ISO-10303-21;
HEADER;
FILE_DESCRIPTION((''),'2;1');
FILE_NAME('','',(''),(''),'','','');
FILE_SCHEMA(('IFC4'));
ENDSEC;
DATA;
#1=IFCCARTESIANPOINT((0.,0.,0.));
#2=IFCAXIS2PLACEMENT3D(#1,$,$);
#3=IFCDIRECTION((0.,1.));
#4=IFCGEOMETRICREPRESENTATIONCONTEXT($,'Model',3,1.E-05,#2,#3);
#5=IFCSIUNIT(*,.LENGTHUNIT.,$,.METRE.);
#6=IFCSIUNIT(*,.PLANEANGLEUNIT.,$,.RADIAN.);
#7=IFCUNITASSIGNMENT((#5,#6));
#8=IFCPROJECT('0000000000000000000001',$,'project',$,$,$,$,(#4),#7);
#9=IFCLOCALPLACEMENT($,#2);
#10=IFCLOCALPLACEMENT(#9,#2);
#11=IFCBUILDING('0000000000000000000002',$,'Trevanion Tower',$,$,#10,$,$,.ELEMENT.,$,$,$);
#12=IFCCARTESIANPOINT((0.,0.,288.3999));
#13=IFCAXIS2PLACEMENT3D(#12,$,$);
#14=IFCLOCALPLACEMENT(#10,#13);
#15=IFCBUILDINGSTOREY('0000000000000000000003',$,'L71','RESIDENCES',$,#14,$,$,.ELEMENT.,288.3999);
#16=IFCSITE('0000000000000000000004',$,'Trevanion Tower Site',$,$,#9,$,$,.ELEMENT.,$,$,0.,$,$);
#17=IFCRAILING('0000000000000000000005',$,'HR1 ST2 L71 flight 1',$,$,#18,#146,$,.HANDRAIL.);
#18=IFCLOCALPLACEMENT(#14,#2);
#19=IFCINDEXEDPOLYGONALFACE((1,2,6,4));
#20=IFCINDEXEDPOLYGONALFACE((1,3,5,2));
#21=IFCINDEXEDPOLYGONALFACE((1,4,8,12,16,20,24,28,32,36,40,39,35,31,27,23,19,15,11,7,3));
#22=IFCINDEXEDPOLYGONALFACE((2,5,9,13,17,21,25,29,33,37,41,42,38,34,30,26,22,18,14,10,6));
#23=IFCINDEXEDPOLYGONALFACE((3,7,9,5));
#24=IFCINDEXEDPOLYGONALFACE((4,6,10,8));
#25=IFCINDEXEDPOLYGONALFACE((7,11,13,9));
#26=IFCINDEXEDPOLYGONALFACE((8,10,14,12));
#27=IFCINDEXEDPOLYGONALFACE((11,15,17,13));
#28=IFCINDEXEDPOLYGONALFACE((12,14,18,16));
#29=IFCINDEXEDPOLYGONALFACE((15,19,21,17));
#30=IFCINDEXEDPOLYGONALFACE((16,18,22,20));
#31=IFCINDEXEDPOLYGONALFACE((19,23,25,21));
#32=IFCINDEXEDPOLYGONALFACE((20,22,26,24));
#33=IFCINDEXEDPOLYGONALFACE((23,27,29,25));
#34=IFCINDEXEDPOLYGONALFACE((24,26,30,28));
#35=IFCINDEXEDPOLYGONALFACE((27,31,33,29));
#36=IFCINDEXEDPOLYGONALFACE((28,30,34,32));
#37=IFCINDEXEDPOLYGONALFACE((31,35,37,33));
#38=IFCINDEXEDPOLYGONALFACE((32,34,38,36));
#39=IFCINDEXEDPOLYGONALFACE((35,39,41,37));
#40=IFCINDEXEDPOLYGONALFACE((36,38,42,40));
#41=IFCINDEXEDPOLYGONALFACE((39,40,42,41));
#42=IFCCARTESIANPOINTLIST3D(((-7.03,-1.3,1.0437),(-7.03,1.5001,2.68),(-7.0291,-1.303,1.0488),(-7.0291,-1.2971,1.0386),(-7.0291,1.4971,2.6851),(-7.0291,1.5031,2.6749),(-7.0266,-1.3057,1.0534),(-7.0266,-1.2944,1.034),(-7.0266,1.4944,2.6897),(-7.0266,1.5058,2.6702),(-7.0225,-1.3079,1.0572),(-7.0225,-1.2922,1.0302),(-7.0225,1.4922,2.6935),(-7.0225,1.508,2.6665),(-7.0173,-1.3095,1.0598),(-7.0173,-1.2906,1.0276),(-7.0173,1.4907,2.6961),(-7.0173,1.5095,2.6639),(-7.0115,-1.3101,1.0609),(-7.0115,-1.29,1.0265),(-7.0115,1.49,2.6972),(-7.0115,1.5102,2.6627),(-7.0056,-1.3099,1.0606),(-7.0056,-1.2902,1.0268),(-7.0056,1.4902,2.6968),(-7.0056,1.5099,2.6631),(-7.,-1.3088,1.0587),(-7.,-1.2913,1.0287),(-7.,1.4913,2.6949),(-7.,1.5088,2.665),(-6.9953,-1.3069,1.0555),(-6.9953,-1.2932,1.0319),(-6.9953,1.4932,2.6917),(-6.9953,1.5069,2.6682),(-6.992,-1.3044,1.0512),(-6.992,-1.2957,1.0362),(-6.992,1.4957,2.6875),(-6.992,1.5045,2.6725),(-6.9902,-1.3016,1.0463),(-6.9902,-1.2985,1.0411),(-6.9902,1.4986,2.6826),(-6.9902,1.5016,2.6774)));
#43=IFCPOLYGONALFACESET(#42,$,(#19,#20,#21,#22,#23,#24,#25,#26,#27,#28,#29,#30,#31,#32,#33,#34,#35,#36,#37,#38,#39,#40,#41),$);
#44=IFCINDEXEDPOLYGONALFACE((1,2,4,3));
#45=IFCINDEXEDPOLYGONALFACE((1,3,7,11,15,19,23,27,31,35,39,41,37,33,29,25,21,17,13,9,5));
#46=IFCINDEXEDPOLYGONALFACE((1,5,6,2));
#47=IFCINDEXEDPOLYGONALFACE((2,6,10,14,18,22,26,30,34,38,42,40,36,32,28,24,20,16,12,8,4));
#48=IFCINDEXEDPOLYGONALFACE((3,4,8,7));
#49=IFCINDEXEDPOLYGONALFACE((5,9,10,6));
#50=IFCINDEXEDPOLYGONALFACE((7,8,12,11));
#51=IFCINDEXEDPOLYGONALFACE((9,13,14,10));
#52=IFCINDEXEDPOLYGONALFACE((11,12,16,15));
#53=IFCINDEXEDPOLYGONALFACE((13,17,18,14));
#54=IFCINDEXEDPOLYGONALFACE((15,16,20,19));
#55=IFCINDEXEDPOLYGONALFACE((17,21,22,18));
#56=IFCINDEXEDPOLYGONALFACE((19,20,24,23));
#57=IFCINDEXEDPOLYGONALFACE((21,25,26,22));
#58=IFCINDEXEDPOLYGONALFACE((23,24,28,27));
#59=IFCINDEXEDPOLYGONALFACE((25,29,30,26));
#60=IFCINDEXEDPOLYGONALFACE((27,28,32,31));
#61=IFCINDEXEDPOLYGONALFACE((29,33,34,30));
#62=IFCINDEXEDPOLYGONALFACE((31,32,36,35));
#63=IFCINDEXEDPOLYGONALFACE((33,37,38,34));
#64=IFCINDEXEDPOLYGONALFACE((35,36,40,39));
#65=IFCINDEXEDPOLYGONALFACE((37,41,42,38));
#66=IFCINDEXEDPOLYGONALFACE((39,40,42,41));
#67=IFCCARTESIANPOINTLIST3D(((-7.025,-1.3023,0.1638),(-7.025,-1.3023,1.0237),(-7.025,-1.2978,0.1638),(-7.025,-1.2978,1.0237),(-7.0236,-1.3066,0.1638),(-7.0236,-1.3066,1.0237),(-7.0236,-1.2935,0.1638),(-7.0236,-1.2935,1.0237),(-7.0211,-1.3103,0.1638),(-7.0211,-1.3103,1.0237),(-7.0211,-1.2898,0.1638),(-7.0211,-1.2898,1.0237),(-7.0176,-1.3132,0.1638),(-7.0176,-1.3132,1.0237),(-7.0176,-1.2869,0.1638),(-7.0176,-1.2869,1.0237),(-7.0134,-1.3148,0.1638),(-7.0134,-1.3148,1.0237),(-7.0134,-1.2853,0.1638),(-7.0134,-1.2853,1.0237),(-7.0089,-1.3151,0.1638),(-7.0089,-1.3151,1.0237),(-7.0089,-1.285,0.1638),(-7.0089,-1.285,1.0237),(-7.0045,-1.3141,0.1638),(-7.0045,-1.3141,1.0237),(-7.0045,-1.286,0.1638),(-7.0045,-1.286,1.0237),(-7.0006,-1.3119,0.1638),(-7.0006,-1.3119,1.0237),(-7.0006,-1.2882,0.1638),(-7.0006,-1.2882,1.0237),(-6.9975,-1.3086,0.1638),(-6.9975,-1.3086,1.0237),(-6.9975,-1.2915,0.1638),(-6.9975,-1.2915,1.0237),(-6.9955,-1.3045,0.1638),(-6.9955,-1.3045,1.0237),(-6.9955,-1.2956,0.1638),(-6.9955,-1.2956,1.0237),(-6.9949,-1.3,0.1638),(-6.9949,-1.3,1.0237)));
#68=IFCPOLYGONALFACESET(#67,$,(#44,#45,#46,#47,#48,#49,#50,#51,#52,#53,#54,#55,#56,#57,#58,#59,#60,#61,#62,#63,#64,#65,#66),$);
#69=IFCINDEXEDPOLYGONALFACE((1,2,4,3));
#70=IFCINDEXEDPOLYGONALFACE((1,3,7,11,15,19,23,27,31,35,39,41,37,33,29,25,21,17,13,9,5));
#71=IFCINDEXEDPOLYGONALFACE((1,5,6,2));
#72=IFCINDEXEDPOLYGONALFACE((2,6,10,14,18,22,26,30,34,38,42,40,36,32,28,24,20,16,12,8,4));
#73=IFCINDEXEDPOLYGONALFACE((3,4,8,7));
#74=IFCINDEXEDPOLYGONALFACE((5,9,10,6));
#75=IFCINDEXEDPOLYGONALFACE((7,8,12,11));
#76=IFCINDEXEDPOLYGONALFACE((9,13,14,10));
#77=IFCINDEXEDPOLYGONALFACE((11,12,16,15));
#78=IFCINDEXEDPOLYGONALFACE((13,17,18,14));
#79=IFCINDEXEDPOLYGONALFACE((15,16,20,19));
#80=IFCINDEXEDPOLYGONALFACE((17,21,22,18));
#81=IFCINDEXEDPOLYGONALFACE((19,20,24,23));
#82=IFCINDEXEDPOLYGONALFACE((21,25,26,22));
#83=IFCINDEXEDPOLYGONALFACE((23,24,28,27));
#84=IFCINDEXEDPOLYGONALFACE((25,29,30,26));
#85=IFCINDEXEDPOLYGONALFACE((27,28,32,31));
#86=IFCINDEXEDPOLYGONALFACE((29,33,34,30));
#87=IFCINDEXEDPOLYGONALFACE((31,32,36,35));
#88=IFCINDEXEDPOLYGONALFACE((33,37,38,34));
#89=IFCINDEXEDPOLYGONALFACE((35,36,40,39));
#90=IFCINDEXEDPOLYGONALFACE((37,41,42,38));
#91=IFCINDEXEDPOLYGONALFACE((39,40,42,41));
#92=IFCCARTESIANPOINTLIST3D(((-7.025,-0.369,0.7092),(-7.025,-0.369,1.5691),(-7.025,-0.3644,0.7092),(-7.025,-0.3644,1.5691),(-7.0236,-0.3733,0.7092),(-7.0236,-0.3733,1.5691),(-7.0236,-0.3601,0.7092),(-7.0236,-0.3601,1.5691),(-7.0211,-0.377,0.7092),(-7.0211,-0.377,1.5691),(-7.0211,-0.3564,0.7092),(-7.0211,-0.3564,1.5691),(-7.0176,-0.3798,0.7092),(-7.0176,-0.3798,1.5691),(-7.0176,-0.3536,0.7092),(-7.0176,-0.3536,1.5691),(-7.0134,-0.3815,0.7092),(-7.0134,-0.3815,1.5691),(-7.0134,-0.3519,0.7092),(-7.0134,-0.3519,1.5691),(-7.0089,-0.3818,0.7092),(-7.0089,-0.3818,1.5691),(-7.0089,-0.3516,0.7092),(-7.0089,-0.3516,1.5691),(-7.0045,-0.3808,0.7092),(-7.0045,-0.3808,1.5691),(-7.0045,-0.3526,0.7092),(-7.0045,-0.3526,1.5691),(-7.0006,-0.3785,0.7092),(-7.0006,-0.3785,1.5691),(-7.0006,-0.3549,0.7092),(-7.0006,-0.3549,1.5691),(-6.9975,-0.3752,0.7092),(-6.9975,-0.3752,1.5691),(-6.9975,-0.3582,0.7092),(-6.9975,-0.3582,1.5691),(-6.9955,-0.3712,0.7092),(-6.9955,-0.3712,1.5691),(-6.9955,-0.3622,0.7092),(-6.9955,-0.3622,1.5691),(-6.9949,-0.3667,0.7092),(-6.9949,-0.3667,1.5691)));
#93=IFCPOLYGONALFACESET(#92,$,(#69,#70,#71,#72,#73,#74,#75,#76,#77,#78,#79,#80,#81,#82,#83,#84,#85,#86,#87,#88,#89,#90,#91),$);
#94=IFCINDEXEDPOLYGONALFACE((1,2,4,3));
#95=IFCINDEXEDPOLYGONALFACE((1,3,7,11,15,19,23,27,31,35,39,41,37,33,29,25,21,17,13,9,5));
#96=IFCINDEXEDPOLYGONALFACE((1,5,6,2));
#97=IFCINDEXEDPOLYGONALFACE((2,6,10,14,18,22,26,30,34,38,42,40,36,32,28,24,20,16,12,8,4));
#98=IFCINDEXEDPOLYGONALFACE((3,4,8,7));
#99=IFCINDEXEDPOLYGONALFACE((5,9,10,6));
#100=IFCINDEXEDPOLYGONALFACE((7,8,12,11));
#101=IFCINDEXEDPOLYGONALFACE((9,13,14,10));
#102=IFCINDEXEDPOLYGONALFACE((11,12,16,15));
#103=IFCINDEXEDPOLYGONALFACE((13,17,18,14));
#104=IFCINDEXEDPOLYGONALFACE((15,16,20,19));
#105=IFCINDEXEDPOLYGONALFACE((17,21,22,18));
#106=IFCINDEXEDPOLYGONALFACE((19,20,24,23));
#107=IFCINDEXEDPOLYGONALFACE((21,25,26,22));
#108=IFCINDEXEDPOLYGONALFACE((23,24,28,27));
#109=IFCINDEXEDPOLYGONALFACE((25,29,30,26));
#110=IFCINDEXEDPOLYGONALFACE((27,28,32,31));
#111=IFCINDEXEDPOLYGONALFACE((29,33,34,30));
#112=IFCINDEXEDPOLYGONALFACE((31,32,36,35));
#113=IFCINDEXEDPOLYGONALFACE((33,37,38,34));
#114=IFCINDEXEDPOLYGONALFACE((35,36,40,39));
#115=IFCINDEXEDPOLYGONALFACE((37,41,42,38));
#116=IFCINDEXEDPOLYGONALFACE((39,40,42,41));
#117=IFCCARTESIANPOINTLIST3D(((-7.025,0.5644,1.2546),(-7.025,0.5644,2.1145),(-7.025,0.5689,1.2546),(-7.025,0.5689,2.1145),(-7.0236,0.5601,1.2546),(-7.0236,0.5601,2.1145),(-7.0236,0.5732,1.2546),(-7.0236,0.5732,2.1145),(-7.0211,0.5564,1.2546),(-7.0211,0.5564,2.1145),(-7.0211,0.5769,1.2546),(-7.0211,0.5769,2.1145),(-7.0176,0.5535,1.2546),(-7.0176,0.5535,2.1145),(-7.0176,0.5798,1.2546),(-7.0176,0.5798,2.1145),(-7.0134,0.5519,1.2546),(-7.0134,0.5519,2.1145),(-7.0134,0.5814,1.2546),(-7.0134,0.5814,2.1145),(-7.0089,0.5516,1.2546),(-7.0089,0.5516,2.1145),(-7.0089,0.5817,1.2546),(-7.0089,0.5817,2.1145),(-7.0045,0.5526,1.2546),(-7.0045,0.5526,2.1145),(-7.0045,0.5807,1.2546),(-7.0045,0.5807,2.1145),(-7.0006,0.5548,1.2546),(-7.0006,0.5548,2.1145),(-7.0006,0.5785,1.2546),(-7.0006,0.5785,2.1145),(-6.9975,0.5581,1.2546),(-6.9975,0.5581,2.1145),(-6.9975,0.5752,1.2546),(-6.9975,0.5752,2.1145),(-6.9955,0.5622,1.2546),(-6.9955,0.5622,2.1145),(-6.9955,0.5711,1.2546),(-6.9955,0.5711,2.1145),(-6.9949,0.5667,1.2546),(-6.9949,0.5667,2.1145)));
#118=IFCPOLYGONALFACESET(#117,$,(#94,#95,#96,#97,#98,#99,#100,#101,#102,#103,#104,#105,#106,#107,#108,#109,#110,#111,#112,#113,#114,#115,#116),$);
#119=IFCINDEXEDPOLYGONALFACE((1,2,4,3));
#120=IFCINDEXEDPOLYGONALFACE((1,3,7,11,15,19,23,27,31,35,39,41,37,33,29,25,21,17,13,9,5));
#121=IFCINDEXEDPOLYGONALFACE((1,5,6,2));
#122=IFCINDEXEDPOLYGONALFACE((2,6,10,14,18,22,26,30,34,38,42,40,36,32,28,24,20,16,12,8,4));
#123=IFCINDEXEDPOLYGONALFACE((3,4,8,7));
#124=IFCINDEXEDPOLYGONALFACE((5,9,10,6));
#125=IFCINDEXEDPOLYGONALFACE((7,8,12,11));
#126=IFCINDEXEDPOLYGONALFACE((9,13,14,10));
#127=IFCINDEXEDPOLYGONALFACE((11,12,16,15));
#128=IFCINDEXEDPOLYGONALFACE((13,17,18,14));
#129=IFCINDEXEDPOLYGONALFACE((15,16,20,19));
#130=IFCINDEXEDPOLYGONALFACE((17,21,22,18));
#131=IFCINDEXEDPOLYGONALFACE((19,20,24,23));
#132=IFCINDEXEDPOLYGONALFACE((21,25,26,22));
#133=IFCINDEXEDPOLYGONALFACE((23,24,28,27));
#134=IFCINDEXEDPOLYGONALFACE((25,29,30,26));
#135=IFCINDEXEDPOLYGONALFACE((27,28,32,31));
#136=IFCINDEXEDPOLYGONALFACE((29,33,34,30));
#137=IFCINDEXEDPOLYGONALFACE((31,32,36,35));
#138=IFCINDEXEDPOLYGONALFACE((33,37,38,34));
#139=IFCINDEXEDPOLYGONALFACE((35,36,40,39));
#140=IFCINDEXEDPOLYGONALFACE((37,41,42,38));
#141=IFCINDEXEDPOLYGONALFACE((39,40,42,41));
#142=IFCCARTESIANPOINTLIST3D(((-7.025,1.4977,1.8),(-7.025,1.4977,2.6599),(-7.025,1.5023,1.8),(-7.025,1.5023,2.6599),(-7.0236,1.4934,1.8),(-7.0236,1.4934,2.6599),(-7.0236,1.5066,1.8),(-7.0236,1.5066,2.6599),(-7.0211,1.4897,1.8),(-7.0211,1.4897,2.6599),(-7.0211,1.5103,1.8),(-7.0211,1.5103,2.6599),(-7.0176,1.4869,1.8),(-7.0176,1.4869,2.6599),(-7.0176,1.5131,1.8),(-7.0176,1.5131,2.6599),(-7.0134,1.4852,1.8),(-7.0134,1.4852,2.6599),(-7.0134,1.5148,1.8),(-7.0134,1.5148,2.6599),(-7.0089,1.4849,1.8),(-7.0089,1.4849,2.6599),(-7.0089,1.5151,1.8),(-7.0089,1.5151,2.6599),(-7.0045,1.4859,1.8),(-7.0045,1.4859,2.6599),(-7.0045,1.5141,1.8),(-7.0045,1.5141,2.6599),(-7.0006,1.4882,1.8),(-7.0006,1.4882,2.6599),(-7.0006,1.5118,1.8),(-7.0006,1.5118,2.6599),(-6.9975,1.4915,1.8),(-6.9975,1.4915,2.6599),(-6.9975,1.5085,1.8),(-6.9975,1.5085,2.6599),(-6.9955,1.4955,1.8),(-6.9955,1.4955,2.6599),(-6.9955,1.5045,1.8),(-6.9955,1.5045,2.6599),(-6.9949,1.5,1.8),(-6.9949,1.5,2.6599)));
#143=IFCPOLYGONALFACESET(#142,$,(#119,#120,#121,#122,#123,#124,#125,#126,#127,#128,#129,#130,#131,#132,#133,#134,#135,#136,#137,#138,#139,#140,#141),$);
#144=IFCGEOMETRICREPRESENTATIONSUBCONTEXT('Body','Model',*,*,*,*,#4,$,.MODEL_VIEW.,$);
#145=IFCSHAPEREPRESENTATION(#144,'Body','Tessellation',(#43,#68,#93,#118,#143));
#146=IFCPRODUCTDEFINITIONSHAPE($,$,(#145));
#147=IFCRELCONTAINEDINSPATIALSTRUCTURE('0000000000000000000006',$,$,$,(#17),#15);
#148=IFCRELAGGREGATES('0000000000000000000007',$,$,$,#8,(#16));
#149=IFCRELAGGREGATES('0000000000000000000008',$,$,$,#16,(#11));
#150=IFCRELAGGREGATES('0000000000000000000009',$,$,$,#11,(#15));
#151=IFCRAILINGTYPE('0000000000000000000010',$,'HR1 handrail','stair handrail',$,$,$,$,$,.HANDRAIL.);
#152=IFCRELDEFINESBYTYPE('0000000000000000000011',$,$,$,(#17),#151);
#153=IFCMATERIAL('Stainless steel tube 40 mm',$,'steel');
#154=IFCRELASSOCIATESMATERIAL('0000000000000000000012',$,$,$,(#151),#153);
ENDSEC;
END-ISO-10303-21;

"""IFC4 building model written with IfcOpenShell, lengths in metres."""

from ifc_helpers import new_model, si_unit, direction, frame, origin, origin_2d, place, context, subcontext, project, spatial, circle, extrude, material, type_object, element, save


model = new_model("IFC4")

# Units and contexts
model_context = context("Model", 3, precision=1e-05, world=origin(), true_north=direction((0.0, 1.0)))
body_context = subcontext(model_context, "Body", "Model", "MODEL_VIEW")
ifc_project = project(units=[si_unit("LENGTHUNIT", "METRE"), si_unit("PLANEANGLEUNIT", "RADIAN")], contexts=[model_context])

# Site, building, storey
site_placement = place(None, origin())
site = spatial("IfcSite", under=ifc_project, at=site_placement, Name="Trevanion Tower Site", CompositionType="ELEMENT", RefElevation=0.0)
building_placement = place(site_placement, origin())
building = spatial("IfcBuilding", under=site, at=building_placement, Name="Trevanion Tower", CompositionType="ELEMENT")
storey_placement = place(building_placement, frame((0.0, 0.0, 288.3999)))
storey = spatial("IfcBuildingStorey", under=building, at=storey_placement, Name="L71", Description="RESIDENCES", CompositionType="ELEMENT", Elevation=288.3999)

# Railing
ifc_material_1 = material(Name="Stainless steel tube 40 mm", Category="steel")
railing_type = type_object("IfcRailingType", Name="HR1 handrail", Description="stair handrail", PredefinedType="HANDRAIL", material=ifc_material_1)
for number, where, name in (
    (1, (-7.01, -1.3, 0.1638), "HR1 ST2 L71 flight 1"),
):
    element("IfcRailing", number, at=place(storey_placement, frame(where)), inside=storey, type_object=railing_type, Name=name, PredefinedType="HANDRAIL", context=body_context, shape_type="SweptSolid", body=[
        extrude(circle(Radius=0.02, at=origin_2d()), frame((0.0, 0.0, 0.8799), z_axis=(0.0, 0.863394, 0.504531), x_axis=(-1.0, 0.0, 0.0)), (0.0, 0.0, 1.0), 3.2432),
        extrude(circle(Radius=0.0151, at=origin_2d()), origin(), (0.0, 0.0, 1.0), 0.8599),
        extrude(circle(Radius=0.0151, at=origin_2d()), frame((0.0, 0.9333, 0.5454)), (0.0, 0.0, 1.0), 0.8599),
        extrude(circle(Radius=0.0151, at=origin_2d()), frame((0.0, 1.8667, 1.0908)), (0.0, 0.0, 1.0), 0.8599),
        extrude(circle(Radius=0.0151, at=origin_2d()), frame((0.0, 2.8, 1.6362)), (0.0, 0.0, 1.0), 0.8599),
    ])

save(model, "model.ifc")
